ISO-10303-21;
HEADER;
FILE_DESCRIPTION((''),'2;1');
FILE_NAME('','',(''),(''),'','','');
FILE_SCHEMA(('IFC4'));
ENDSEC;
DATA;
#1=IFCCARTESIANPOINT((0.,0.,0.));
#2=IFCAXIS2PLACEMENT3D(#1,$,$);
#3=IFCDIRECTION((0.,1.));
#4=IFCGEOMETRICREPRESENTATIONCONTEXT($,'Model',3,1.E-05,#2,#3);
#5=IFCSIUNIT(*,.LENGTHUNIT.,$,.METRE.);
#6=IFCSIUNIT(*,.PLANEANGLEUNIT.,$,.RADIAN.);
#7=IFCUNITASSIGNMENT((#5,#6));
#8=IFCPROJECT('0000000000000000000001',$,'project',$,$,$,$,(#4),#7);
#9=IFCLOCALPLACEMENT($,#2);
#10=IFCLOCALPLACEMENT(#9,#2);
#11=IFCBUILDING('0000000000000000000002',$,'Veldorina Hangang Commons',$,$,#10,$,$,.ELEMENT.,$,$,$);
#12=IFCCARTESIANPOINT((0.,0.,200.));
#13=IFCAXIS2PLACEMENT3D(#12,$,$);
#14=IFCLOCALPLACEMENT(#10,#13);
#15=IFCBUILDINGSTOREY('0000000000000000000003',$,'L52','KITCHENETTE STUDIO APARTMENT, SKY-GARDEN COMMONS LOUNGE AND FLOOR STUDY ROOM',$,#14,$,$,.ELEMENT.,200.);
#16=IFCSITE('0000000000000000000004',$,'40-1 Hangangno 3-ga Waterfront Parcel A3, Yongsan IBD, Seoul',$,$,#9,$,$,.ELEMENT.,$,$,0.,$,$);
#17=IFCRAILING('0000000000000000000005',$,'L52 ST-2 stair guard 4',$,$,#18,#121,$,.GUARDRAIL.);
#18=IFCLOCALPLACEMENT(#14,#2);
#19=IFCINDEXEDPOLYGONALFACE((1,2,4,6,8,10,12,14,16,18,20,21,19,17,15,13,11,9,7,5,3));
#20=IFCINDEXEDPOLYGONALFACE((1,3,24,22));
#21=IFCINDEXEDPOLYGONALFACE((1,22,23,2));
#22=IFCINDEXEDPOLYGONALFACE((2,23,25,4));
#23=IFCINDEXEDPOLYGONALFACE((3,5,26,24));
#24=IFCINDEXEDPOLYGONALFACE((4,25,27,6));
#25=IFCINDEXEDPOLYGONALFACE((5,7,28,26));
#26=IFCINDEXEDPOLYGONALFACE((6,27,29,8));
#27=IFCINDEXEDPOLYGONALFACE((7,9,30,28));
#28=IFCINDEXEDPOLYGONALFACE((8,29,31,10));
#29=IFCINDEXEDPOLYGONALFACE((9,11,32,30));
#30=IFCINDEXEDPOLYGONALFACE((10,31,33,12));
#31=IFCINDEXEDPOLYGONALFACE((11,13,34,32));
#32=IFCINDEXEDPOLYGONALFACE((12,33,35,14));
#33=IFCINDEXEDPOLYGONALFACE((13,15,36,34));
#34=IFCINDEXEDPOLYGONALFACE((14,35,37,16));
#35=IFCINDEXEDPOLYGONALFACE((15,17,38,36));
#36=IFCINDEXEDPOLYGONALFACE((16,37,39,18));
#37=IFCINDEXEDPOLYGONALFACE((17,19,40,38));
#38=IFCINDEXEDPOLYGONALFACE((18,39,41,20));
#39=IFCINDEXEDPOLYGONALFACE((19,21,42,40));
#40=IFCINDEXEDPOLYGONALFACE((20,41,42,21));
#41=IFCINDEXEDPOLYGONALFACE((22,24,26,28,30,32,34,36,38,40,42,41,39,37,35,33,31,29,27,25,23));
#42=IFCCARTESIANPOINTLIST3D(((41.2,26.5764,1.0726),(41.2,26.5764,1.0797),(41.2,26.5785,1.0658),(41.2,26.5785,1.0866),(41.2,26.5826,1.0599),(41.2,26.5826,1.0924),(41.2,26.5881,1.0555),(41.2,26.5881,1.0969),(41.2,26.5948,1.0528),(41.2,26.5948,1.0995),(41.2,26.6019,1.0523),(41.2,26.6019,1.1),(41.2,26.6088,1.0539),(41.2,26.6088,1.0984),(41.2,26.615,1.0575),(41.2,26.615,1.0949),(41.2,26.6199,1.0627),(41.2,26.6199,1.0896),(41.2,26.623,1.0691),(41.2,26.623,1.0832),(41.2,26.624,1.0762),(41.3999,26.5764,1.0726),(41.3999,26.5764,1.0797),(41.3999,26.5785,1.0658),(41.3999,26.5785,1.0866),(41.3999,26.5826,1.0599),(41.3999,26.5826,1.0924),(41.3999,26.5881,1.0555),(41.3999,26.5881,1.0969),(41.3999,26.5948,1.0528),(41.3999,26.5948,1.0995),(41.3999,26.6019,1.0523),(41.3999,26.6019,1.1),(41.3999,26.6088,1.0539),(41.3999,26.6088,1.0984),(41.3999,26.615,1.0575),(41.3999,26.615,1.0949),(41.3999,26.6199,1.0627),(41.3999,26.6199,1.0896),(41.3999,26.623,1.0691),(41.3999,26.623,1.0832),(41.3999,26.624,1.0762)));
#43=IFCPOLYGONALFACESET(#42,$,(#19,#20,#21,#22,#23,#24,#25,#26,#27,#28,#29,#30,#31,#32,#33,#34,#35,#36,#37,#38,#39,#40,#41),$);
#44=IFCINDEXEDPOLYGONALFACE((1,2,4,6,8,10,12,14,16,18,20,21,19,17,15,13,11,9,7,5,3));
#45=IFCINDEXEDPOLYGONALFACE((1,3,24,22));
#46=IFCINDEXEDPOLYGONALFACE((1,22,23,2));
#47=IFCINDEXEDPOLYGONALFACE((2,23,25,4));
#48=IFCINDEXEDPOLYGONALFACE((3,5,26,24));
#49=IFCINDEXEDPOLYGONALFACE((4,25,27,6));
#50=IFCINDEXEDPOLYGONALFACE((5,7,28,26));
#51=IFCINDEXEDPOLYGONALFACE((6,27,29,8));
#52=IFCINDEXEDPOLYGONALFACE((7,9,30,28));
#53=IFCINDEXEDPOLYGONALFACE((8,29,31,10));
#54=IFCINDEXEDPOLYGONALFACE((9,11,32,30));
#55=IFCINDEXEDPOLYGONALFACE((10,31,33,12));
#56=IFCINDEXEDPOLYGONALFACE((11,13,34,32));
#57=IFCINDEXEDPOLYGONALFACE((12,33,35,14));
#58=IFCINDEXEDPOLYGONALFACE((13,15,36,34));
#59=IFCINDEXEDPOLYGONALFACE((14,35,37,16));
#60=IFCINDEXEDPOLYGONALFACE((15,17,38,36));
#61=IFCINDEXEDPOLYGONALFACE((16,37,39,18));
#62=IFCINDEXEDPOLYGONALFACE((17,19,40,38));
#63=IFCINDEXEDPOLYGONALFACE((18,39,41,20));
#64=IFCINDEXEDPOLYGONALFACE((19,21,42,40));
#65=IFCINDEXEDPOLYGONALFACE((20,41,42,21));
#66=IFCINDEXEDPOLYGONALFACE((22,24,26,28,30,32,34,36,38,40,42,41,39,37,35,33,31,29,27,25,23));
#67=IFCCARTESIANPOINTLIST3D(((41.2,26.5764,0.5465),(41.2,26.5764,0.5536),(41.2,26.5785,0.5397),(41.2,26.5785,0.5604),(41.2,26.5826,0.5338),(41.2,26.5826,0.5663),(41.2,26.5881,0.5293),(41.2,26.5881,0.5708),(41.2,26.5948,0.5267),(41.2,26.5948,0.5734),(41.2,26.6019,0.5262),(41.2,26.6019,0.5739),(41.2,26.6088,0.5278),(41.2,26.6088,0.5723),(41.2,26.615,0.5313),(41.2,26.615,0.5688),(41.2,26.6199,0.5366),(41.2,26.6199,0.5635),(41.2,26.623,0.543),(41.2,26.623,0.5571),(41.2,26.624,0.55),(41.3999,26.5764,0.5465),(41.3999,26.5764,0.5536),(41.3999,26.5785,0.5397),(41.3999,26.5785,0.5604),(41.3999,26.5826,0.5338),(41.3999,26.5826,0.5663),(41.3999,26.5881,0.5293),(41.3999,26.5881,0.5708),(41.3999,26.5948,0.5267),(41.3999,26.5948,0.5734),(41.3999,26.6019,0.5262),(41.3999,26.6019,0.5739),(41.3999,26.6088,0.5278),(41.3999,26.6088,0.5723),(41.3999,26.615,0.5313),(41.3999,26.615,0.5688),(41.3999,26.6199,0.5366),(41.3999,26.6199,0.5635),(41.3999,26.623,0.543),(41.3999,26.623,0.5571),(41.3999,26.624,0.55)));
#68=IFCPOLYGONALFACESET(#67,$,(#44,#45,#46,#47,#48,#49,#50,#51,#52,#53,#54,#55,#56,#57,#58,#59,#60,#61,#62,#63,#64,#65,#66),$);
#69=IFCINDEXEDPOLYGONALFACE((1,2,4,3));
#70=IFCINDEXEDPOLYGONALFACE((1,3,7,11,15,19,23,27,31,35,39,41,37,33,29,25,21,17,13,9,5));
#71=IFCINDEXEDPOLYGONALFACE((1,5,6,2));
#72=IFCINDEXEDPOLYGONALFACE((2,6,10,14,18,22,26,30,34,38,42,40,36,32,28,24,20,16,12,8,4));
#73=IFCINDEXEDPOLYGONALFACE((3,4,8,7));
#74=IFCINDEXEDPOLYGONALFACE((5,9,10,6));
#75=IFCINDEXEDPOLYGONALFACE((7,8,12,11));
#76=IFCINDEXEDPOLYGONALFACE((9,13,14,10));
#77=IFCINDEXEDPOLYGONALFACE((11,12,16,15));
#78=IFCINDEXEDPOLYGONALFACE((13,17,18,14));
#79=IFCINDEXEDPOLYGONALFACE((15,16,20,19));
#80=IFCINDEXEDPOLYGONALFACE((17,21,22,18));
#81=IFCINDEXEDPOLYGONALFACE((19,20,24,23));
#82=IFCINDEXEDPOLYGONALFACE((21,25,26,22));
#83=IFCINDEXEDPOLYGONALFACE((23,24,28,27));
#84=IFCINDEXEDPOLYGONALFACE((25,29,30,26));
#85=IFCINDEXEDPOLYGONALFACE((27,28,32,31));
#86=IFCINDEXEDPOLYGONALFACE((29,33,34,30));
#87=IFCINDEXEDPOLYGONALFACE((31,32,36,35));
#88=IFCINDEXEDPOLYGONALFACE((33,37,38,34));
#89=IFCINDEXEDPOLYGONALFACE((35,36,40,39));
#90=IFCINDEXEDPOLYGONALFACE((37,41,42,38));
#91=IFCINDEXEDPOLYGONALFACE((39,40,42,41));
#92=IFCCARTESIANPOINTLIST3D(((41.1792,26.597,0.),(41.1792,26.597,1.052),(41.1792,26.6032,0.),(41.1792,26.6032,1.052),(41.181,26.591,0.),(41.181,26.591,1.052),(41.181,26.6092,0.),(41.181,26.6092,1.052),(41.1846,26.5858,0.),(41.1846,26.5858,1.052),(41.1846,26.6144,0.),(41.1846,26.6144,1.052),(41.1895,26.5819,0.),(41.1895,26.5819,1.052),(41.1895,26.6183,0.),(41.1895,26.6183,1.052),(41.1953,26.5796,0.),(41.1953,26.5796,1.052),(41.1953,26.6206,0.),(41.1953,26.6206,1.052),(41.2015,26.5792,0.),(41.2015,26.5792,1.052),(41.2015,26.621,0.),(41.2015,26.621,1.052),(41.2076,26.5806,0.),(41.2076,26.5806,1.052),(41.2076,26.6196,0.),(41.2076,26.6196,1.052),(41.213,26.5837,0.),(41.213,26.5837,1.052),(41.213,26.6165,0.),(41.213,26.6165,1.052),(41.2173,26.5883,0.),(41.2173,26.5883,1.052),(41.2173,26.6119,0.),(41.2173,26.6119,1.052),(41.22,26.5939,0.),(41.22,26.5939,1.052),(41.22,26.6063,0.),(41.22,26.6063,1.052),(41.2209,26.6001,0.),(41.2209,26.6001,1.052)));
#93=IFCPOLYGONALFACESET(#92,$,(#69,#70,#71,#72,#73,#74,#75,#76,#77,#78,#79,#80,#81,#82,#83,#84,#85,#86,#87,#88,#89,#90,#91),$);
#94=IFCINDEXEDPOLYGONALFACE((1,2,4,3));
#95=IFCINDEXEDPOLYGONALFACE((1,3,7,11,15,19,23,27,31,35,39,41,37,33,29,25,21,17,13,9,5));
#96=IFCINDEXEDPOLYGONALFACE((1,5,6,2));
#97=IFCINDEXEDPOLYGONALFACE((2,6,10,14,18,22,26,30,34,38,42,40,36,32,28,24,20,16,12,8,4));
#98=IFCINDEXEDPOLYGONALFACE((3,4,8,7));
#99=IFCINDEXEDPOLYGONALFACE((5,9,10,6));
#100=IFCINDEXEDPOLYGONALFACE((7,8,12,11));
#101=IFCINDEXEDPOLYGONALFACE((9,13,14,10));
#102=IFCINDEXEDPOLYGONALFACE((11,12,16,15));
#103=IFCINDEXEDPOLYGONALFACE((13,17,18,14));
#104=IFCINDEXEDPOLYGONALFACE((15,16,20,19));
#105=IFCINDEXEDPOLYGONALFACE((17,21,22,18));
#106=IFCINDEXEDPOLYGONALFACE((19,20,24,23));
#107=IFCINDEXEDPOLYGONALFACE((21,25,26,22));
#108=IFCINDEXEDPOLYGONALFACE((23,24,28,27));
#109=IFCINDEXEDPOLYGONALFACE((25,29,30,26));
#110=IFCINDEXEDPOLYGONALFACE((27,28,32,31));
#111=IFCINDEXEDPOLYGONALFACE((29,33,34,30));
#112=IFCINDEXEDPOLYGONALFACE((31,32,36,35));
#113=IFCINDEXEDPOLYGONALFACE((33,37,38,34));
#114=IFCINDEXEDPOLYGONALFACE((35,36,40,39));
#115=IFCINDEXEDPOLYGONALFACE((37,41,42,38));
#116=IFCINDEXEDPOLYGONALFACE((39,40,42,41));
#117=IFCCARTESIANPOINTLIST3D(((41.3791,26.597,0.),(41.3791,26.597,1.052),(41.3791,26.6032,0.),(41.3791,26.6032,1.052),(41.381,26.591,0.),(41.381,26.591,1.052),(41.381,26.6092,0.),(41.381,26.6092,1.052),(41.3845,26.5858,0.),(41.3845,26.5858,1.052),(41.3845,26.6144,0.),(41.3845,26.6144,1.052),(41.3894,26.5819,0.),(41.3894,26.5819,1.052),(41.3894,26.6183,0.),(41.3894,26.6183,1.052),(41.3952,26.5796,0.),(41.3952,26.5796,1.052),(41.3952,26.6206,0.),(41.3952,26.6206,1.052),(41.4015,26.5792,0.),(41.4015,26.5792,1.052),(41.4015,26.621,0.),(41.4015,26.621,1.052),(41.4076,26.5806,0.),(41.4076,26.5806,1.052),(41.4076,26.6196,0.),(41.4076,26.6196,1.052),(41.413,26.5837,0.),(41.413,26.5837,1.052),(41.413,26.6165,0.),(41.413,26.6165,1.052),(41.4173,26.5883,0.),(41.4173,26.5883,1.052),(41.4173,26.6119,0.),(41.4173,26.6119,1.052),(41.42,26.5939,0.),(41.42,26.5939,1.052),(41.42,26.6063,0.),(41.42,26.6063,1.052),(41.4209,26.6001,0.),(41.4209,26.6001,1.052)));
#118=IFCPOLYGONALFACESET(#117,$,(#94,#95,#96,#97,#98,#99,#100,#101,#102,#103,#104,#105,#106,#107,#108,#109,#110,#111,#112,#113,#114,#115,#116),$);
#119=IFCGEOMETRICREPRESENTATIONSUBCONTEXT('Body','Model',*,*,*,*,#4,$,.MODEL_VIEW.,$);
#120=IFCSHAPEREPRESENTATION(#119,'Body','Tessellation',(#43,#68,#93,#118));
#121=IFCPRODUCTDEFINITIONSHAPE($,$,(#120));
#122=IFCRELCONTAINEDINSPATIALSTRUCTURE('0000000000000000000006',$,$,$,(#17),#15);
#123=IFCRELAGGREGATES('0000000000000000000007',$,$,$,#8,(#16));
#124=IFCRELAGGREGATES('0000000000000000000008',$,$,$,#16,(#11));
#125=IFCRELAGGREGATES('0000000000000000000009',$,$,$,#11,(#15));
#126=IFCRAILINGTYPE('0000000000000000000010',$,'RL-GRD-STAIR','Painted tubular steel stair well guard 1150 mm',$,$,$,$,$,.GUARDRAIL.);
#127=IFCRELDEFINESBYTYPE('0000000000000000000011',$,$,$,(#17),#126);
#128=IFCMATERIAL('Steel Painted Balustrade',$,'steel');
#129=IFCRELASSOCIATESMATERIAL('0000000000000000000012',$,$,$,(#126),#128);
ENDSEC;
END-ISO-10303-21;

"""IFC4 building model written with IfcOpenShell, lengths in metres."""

from ifc_helpers import new_model, si_unit, direction, frame, origin, origin_2d, place, context, subcontext, project, spatial, circle, extrude, material, type_object, element, save


model = new_model("IFC4")

# Units and contexts
model_context = context("Model", 3, precision=1e-05, world=origin(), true_north=direction((0.0, 1.0)))
body_context = subcontext(model_context, "Body", "Model", "MODEL_VIEW")
ifc_project = project(units=[si_unit("LENGTHUNIT", "METRE"), si_unit("PLANEANGLEUNIT", "RADIAN")], contexts=[model_context])

# Site, building, storey
site_placement = place(None, origin())
site = spatial("IfcSite", under=ifc_project, at=site_placement, Name="40-1 Hangangno 3-ga Waterfront Parcel A3, Yongsan IBD, Seoul", CompositionType="ELEMENT", RefElevation=0.0)
building_placement = place(site_placement, origin())
building = spatial("IfcBuilding", under=site, at=building_placement, Name="Veldorina Hangang Commons", CompositionType="ELEMENT")
storey_placement = place(building_placement, frame((0.0, 0.0, 200.0)))
storey = spatial("IfcBuildingStorey", under=building, at=storey_placement, Name="L52", Description="KITCHENETTE STUDIO APARTMENT, SKY-GARDEN COMMONS LOUNGE AND FLOOR STUDY ROOM", CompositionType="ELEMENT", Elevation=200.0)

# Railing
ifc_material_1 = material(Name="Steel Painted Balustrade", Category="steel")
railing_type_1 = type_object("IfcRailingType", Name="RL-GRD-STAIR", Description="Painted tubular steel stair well guard 1150 mm", PredefinedType="GUARDRAIL", material=ifc_material_1)
railing_1_placement = place(storey_placement, frame((41.2, 26.6001, 0.0)))
element("IfcRailing", 1, at=railing_1_placement, inside=storey, type_object=railing_type_1, Name="L52 ST-2 stair guard 4", PredefinedType="GUARDRAIL", context=body_context, shape_type="SweptSolid", body=[
    extrude(circle(Radius=0.0239, at=origin_2d()), frame((0.0, 0.0, 1.0762), z_axis=(1.0, 0.0, 0.0), x_axis=(0.0, 1.0, 0.0)), (0.0, 0.0, 1.0), 0.2),
    extrude(circle(Radius=0.0239, at=origin_2d()), frame((0.0, 0.0, 0.55), z_axis=(1.0, 0.0, 0.0), x_axis=(0.0, 1.0, 0.0)), (0.0, 0.0, 1.0), 0.2),
    extrude(circle(Radius=0.021, at=origin_2d()), origin(), (0.0, 0.0, 1.0), 1.052),
    extrude(circle(Radius=0.021, at=origin_2d()), frame((0.2, 0.0, 0.0)), (0.0, 0.0, 1.0), 1.052),
])

save(model, "model.ifc")
